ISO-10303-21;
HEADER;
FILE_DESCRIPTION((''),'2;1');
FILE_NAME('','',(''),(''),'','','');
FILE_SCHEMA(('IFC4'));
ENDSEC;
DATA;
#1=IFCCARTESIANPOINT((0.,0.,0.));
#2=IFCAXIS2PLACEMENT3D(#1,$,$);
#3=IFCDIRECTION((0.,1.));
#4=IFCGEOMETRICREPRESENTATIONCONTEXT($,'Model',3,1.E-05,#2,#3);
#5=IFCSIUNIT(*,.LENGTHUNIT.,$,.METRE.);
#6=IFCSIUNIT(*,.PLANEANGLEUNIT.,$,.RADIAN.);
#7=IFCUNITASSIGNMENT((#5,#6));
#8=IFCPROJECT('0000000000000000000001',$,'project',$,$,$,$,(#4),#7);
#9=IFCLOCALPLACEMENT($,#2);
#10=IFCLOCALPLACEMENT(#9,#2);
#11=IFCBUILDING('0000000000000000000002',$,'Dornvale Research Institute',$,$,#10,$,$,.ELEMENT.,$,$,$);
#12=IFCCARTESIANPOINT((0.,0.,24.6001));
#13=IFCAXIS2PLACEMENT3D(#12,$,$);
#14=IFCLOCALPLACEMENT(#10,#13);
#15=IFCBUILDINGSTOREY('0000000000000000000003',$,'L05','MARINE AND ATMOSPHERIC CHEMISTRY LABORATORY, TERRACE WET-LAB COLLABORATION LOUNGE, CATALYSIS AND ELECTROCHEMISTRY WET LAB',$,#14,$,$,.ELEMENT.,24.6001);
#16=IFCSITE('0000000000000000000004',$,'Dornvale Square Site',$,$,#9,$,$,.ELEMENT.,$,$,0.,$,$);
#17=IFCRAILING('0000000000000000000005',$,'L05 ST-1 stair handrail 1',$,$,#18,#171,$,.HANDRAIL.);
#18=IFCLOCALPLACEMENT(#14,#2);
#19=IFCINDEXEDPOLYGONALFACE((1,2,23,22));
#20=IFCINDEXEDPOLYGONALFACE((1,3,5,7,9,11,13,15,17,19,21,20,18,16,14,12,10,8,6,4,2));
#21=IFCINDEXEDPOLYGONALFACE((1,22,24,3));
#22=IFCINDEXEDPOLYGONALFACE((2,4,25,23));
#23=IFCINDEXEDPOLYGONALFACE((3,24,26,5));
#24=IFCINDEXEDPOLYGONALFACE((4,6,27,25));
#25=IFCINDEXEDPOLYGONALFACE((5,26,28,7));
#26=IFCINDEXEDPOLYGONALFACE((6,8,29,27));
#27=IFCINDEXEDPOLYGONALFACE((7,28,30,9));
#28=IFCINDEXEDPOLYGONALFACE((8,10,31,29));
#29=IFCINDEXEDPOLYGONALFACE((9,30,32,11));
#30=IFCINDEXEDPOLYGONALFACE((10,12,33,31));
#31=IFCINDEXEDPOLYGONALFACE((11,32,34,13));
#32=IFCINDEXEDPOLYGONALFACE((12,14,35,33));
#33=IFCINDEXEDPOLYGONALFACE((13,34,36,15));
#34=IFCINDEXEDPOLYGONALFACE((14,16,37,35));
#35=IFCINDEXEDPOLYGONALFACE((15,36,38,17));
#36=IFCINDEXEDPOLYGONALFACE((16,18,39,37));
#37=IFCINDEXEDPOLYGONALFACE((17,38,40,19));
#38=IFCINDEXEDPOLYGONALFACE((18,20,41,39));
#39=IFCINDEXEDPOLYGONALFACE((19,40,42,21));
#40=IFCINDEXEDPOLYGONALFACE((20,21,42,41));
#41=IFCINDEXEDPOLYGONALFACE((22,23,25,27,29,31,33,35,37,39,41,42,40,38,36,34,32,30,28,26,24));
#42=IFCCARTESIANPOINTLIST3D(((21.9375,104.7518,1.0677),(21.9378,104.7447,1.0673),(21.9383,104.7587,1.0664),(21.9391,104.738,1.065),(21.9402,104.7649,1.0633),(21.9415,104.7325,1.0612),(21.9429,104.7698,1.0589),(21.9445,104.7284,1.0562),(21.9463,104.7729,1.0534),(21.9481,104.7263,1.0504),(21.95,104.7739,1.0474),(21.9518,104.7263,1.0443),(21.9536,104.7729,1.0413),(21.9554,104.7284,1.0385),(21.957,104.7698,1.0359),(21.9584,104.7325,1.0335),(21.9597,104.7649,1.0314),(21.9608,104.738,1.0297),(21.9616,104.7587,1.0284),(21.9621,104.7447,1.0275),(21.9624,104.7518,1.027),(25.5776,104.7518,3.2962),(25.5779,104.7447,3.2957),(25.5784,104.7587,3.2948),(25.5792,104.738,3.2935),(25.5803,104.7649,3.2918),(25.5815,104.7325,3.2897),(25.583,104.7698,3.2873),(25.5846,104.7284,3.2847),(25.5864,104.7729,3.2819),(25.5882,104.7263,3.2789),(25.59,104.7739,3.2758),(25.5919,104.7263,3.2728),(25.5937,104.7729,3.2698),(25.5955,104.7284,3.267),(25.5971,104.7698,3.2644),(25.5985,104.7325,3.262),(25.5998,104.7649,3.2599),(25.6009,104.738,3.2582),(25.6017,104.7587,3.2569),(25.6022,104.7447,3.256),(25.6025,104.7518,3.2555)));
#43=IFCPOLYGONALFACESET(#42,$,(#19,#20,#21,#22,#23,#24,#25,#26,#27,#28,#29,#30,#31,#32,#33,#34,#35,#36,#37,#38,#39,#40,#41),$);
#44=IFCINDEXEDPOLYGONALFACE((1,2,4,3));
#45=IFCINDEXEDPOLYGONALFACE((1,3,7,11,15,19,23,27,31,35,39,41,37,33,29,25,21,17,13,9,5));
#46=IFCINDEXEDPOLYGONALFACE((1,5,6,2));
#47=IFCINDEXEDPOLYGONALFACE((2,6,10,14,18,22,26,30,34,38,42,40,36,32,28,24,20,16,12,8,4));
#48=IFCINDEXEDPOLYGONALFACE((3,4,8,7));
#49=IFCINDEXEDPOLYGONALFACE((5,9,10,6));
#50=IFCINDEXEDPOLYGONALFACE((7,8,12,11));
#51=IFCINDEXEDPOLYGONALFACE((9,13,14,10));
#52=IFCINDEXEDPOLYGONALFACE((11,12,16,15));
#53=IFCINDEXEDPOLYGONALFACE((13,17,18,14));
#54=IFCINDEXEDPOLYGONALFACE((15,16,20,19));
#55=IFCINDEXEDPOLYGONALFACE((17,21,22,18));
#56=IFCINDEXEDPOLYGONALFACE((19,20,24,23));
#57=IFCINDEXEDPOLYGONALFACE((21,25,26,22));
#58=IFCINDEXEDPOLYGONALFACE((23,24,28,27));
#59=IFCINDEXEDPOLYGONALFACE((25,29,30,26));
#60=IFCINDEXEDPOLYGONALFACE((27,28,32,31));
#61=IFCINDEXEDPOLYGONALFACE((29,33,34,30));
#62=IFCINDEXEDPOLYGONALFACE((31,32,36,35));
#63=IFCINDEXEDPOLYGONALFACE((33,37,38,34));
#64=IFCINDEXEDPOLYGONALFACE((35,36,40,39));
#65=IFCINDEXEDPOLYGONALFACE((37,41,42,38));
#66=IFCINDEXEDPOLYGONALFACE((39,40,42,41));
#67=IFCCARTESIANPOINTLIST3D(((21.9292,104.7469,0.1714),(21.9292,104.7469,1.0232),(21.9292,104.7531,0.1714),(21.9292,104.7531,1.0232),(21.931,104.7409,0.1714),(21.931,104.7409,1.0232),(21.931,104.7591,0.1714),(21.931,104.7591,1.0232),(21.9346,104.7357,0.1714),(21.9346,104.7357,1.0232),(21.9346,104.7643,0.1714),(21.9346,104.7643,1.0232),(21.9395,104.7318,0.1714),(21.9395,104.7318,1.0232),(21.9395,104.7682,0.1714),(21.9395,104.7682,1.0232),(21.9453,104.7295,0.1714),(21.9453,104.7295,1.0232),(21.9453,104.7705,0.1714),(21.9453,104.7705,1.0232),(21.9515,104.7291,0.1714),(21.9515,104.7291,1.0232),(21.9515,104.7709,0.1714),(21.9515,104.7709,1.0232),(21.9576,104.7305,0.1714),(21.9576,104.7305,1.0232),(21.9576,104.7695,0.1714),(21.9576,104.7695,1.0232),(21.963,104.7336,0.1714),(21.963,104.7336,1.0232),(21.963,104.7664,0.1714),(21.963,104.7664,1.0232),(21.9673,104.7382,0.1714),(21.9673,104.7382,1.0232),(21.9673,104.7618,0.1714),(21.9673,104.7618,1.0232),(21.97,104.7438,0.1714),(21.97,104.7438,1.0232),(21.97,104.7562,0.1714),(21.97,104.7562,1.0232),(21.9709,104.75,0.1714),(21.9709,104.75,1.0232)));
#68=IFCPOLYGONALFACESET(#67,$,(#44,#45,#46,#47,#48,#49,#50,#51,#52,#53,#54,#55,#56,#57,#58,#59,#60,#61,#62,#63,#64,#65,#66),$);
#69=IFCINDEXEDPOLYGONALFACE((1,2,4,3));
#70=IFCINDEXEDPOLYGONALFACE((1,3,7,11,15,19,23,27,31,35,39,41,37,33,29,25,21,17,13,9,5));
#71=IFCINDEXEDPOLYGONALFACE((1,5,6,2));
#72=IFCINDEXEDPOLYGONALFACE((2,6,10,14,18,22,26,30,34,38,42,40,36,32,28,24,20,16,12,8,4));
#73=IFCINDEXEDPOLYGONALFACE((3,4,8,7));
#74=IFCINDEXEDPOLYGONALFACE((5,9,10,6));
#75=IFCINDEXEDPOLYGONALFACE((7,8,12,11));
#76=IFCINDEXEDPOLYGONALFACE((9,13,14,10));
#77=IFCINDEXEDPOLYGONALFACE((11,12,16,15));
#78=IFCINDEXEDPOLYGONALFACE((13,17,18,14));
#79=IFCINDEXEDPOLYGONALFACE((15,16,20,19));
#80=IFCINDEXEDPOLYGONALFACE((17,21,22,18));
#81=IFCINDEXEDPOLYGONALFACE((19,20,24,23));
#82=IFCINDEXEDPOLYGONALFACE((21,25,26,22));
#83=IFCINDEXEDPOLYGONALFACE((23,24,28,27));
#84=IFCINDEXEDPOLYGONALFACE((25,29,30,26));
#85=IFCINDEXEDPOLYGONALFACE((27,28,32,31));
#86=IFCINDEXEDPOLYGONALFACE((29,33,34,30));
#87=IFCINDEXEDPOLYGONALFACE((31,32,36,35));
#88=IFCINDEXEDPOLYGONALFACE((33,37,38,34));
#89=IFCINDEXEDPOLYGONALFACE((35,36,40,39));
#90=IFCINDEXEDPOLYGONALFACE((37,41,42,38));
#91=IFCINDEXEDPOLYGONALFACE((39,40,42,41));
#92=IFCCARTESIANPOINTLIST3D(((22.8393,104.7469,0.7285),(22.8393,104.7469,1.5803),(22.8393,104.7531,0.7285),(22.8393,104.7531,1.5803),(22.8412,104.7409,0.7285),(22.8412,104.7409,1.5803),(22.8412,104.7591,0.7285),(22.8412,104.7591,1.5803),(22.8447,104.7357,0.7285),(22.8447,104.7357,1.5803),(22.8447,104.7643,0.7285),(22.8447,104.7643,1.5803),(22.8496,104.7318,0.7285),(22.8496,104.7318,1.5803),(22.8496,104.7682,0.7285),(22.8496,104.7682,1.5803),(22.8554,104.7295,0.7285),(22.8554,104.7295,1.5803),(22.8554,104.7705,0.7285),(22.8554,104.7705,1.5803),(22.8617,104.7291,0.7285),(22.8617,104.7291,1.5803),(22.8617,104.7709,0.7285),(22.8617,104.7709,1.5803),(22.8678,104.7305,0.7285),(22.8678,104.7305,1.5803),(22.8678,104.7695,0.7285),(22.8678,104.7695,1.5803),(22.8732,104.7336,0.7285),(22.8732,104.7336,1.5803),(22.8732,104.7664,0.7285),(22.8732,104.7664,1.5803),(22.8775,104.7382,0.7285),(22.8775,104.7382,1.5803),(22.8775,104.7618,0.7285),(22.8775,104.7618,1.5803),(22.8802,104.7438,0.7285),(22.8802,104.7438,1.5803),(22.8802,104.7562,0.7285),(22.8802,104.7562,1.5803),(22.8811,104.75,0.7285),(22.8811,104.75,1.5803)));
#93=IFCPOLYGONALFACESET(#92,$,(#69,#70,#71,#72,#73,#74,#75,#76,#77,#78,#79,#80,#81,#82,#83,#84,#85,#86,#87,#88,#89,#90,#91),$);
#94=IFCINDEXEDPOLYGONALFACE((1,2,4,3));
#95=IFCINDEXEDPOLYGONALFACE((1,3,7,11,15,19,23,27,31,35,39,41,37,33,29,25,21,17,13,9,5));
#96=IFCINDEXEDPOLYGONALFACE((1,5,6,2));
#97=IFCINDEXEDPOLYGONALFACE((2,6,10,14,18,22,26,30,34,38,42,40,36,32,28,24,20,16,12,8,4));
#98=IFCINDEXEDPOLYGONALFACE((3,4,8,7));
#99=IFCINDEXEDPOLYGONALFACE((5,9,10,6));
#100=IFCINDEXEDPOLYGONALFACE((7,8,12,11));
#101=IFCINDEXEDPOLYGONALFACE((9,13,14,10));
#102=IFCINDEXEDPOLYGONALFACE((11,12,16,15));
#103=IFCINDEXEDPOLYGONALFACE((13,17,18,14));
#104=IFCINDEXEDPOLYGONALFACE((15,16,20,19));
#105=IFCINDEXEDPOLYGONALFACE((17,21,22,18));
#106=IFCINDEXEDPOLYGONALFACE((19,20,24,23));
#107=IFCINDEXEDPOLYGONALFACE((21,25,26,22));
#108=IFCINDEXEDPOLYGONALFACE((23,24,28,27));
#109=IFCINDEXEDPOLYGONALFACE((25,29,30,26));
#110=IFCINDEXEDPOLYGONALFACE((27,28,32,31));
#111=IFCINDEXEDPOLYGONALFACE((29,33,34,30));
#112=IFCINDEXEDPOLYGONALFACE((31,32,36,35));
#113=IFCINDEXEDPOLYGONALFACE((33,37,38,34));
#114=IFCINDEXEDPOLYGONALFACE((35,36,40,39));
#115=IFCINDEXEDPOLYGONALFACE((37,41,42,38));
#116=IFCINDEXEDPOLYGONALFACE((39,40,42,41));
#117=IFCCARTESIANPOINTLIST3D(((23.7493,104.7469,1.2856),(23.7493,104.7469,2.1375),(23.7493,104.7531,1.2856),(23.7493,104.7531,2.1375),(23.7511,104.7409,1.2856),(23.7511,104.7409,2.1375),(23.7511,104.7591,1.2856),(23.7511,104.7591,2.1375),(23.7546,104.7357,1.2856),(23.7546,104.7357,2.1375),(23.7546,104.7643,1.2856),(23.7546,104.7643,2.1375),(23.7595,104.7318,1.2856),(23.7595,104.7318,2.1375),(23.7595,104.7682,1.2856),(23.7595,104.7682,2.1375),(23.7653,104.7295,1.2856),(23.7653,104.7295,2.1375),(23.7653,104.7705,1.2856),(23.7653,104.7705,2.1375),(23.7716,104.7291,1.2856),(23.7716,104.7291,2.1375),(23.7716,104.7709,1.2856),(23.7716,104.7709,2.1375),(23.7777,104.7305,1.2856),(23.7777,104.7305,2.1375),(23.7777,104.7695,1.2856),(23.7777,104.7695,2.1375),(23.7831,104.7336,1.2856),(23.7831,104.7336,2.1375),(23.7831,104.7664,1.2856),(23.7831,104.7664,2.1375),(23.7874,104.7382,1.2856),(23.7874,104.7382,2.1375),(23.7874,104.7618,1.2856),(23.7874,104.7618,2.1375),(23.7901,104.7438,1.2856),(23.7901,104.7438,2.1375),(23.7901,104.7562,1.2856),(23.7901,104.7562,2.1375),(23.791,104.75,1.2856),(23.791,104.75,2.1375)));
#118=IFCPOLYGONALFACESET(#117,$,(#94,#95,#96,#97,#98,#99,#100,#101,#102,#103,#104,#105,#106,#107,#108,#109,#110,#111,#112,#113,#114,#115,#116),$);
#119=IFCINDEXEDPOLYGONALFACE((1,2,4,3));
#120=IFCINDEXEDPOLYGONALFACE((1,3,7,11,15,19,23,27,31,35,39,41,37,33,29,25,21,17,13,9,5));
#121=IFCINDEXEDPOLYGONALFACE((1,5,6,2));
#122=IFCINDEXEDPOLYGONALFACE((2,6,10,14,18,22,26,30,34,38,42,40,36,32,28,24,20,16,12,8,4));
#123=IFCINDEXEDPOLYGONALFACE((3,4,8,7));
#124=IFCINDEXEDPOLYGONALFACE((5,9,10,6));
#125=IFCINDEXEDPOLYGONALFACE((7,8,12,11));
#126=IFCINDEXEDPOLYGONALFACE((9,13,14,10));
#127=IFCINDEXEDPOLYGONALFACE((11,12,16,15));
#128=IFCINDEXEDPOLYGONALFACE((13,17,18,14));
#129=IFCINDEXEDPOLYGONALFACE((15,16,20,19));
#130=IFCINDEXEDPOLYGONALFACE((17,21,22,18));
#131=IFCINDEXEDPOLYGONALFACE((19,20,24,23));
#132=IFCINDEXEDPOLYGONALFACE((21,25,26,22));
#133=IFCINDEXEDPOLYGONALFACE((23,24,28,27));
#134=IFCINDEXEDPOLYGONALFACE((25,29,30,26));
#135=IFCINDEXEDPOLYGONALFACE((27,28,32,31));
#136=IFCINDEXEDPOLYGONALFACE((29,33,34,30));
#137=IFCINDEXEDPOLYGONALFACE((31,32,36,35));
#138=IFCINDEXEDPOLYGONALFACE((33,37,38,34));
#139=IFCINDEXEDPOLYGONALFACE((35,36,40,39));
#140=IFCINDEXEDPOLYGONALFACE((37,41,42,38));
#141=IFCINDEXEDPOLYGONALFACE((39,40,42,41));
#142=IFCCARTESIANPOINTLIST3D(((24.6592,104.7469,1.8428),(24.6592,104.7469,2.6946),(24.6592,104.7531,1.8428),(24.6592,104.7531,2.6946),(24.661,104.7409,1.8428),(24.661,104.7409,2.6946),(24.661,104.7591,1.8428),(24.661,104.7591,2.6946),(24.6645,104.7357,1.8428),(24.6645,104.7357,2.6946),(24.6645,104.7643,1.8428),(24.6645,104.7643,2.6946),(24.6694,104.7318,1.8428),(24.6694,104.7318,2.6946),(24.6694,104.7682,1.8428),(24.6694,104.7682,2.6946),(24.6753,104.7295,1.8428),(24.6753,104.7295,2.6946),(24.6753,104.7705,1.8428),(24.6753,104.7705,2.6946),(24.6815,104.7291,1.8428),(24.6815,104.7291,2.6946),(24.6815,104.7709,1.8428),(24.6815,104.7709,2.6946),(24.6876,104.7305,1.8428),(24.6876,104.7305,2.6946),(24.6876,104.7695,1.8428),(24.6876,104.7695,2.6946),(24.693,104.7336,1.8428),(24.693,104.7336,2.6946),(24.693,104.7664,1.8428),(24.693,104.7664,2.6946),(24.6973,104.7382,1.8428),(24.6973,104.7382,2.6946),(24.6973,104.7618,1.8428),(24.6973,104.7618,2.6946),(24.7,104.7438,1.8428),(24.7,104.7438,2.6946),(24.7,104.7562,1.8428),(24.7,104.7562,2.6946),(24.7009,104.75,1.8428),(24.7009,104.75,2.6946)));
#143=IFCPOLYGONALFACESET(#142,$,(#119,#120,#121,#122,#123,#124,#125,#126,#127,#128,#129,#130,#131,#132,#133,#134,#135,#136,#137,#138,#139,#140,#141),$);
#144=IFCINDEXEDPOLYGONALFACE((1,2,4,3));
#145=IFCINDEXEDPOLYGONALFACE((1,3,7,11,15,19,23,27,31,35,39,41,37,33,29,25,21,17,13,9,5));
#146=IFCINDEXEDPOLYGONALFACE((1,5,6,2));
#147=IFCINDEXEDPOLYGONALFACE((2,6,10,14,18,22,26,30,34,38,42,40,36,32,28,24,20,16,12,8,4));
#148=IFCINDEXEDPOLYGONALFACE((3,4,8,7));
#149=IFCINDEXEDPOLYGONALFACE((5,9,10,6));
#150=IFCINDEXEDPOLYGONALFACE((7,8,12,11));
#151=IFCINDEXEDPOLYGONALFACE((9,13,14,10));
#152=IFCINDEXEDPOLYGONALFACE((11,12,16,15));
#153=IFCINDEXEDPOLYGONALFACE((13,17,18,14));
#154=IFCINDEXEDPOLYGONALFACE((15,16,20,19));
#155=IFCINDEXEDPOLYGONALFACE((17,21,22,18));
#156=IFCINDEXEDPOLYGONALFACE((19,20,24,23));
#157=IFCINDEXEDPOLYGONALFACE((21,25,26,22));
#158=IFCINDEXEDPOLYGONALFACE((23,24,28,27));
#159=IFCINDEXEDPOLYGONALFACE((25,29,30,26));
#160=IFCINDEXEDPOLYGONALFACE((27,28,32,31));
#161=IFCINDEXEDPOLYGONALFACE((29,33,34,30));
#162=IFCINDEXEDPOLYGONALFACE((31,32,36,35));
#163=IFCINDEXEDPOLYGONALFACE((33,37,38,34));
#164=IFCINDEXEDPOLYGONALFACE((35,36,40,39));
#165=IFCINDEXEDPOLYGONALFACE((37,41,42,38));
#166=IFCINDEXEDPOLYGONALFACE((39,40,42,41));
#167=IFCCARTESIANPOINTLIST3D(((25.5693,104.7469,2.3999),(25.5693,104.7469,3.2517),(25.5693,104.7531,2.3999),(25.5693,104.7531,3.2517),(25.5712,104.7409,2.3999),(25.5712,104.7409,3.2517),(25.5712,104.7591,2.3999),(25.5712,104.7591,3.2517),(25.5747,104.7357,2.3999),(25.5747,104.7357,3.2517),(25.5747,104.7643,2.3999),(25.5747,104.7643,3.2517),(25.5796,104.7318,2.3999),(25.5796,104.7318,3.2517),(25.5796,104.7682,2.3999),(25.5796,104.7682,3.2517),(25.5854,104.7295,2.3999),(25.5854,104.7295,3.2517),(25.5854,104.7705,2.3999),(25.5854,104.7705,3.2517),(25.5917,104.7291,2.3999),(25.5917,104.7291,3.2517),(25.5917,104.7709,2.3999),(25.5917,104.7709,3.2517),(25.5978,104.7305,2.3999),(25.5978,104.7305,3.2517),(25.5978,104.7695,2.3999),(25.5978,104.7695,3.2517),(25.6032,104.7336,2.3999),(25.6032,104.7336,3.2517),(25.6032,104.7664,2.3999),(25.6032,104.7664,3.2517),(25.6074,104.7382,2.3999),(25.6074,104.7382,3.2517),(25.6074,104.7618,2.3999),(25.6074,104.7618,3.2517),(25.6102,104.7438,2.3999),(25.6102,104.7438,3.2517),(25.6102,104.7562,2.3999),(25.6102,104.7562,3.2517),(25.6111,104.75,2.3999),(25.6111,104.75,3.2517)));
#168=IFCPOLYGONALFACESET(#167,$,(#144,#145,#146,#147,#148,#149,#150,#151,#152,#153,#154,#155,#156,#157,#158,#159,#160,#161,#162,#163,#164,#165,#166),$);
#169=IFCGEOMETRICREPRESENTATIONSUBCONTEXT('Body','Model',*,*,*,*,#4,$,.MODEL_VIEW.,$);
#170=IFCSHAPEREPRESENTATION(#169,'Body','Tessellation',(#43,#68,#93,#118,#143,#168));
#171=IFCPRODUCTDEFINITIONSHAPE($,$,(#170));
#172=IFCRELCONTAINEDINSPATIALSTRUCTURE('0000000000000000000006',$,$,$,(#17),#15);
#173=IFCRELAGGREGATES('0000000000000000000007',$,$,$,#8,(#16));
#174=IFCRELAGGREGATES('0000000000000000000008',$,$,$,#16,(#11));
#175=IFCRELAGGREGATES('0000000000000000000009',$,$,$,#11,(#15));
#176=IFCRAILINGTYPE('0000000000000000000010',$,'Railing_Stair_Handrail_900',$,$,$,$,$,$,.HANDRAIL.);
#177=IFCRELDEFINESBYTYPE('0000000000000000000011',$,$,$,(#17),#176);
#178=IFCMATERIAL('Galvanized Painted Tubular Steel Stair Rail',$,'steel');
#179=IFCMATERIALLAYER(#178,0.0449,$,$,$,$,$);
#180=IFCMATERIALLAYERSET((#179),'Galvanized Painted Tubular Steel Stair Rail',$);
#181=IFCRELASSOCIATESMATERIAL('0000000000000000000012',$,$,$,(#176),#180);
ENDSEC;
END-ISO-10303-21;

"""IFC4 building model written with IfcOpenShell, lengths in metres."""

from ifc_helpers import new_model, si_unit, direction, frame, origin, origin_2d, place, context, subcontext, project, spatial, circle, extrude, material, layer, layer_set, type_object, element, save


model = new_model("IFC4")

# Units and contexts
model_context = context("Model", 3, precision=1e-05, world=origin(), true_north=direction((0.0, 1.0)))
body_context = subcontext(model_context, "Body", "Model", "MODEL_VIEW")
ifc_project = project(units=[si_unit("LENGTHUNIT", "METRE"), si_unit("PLANEANGLEUNIT", "RADIAN")], contexts=[model_context])

# Site, building, storey
site_placement = place(None, origin())
site = spatial("IfcSite", under=ifc_project, at=site_placement, Name="Dornvale Square Site", CompositionType="ELEMENT", RefElevation=0.0)
building_placement = place(site_placement, origin())
building = spatial("IfcBuilding", under=site, at=building_placement, Name="Dornvale Research Institute", CompositionType="ELEMENT")
storey_placement = place(building_placement, frame((0.0, 0.0, 24.6001)))
storey = spatial("IfcBuildingStorey", under=building, at=storey_placement, Name="L05", Description="MARINE AND ATMOSPHERIC CHEMISTRY LABORATORY, TERRACE WET-LAB COLLABORATION LOUNGE, CATALYSIS AND ELECTROCHEMISTRY WET LAB", CompositionType="ELEMENT", Elevation=24.6001)

# Railing
ifc_material_1 = material(Name="Galvanized Painted Tubular Steel Stair Rail", Category="steel")
ifc_layer_1 = layer(ifc_material_1, 0.0449)
ifc_layer_set_1 = layer_set([ifc_layer_1], Name="Galvanized Painted Tubular Steel Stair Rail")
railing_type_1 = type_object("IfcRailingType", Name="Railing_Stair_Handrail_900", PredefinedType="HANDRAIL", material=ifc_layer_set_1)
railing_1_placement = place(storey_placement, frame((21.95, 104.75, 0.1714)))
element("IfcRailing", 1, at=railing_1_placement, inside=storey, type_object=railing_type_1, Name="L05 ST-1 stair handrail 1", PredefinedType="HANDRAIL", context=body_context, shape_type="SweptSolid", body=[
    extrude(circle(Radius=0.0239, at=origin_2d()), frame((0.0, 0.0, 0.876), z_axis=(0.852866, 0.0, 0.52213), x_axis=(0.0, 1.0, 0.0)), (0.0, 0.0, 1.0), 4.2681),
    extrude(circle(Radius=0.021, at=origin_2d()), origin(), (0.0, 0.0, 1.0), 0.8518),
    extrude(circle(Radius=0.021, at=origin_2d()), frame((0.9102, 0.0, 0.5571)), (0.0, 0.0, 1.0), 0.8518),
    extrude(circle(Radius=0.021, at=origin_2d()), frame((1.8201, 0.0, 1.1143)), (0.0, 0.0, 1.0), 0.8518),
    extrude(circle(Radius=0.021, at=origin_2d()), frame((2.73, 0.0, 1.6714)), (0.0, 0.0, 1.0), 0.8518),
    extrude(circle(Radius=0.021, at=origin_2d()), frame((3.6401, 0.0, 2.2285)), (0.0, 0.0, 1.0), 0.8518),
])

save(model, "model.ifc")
